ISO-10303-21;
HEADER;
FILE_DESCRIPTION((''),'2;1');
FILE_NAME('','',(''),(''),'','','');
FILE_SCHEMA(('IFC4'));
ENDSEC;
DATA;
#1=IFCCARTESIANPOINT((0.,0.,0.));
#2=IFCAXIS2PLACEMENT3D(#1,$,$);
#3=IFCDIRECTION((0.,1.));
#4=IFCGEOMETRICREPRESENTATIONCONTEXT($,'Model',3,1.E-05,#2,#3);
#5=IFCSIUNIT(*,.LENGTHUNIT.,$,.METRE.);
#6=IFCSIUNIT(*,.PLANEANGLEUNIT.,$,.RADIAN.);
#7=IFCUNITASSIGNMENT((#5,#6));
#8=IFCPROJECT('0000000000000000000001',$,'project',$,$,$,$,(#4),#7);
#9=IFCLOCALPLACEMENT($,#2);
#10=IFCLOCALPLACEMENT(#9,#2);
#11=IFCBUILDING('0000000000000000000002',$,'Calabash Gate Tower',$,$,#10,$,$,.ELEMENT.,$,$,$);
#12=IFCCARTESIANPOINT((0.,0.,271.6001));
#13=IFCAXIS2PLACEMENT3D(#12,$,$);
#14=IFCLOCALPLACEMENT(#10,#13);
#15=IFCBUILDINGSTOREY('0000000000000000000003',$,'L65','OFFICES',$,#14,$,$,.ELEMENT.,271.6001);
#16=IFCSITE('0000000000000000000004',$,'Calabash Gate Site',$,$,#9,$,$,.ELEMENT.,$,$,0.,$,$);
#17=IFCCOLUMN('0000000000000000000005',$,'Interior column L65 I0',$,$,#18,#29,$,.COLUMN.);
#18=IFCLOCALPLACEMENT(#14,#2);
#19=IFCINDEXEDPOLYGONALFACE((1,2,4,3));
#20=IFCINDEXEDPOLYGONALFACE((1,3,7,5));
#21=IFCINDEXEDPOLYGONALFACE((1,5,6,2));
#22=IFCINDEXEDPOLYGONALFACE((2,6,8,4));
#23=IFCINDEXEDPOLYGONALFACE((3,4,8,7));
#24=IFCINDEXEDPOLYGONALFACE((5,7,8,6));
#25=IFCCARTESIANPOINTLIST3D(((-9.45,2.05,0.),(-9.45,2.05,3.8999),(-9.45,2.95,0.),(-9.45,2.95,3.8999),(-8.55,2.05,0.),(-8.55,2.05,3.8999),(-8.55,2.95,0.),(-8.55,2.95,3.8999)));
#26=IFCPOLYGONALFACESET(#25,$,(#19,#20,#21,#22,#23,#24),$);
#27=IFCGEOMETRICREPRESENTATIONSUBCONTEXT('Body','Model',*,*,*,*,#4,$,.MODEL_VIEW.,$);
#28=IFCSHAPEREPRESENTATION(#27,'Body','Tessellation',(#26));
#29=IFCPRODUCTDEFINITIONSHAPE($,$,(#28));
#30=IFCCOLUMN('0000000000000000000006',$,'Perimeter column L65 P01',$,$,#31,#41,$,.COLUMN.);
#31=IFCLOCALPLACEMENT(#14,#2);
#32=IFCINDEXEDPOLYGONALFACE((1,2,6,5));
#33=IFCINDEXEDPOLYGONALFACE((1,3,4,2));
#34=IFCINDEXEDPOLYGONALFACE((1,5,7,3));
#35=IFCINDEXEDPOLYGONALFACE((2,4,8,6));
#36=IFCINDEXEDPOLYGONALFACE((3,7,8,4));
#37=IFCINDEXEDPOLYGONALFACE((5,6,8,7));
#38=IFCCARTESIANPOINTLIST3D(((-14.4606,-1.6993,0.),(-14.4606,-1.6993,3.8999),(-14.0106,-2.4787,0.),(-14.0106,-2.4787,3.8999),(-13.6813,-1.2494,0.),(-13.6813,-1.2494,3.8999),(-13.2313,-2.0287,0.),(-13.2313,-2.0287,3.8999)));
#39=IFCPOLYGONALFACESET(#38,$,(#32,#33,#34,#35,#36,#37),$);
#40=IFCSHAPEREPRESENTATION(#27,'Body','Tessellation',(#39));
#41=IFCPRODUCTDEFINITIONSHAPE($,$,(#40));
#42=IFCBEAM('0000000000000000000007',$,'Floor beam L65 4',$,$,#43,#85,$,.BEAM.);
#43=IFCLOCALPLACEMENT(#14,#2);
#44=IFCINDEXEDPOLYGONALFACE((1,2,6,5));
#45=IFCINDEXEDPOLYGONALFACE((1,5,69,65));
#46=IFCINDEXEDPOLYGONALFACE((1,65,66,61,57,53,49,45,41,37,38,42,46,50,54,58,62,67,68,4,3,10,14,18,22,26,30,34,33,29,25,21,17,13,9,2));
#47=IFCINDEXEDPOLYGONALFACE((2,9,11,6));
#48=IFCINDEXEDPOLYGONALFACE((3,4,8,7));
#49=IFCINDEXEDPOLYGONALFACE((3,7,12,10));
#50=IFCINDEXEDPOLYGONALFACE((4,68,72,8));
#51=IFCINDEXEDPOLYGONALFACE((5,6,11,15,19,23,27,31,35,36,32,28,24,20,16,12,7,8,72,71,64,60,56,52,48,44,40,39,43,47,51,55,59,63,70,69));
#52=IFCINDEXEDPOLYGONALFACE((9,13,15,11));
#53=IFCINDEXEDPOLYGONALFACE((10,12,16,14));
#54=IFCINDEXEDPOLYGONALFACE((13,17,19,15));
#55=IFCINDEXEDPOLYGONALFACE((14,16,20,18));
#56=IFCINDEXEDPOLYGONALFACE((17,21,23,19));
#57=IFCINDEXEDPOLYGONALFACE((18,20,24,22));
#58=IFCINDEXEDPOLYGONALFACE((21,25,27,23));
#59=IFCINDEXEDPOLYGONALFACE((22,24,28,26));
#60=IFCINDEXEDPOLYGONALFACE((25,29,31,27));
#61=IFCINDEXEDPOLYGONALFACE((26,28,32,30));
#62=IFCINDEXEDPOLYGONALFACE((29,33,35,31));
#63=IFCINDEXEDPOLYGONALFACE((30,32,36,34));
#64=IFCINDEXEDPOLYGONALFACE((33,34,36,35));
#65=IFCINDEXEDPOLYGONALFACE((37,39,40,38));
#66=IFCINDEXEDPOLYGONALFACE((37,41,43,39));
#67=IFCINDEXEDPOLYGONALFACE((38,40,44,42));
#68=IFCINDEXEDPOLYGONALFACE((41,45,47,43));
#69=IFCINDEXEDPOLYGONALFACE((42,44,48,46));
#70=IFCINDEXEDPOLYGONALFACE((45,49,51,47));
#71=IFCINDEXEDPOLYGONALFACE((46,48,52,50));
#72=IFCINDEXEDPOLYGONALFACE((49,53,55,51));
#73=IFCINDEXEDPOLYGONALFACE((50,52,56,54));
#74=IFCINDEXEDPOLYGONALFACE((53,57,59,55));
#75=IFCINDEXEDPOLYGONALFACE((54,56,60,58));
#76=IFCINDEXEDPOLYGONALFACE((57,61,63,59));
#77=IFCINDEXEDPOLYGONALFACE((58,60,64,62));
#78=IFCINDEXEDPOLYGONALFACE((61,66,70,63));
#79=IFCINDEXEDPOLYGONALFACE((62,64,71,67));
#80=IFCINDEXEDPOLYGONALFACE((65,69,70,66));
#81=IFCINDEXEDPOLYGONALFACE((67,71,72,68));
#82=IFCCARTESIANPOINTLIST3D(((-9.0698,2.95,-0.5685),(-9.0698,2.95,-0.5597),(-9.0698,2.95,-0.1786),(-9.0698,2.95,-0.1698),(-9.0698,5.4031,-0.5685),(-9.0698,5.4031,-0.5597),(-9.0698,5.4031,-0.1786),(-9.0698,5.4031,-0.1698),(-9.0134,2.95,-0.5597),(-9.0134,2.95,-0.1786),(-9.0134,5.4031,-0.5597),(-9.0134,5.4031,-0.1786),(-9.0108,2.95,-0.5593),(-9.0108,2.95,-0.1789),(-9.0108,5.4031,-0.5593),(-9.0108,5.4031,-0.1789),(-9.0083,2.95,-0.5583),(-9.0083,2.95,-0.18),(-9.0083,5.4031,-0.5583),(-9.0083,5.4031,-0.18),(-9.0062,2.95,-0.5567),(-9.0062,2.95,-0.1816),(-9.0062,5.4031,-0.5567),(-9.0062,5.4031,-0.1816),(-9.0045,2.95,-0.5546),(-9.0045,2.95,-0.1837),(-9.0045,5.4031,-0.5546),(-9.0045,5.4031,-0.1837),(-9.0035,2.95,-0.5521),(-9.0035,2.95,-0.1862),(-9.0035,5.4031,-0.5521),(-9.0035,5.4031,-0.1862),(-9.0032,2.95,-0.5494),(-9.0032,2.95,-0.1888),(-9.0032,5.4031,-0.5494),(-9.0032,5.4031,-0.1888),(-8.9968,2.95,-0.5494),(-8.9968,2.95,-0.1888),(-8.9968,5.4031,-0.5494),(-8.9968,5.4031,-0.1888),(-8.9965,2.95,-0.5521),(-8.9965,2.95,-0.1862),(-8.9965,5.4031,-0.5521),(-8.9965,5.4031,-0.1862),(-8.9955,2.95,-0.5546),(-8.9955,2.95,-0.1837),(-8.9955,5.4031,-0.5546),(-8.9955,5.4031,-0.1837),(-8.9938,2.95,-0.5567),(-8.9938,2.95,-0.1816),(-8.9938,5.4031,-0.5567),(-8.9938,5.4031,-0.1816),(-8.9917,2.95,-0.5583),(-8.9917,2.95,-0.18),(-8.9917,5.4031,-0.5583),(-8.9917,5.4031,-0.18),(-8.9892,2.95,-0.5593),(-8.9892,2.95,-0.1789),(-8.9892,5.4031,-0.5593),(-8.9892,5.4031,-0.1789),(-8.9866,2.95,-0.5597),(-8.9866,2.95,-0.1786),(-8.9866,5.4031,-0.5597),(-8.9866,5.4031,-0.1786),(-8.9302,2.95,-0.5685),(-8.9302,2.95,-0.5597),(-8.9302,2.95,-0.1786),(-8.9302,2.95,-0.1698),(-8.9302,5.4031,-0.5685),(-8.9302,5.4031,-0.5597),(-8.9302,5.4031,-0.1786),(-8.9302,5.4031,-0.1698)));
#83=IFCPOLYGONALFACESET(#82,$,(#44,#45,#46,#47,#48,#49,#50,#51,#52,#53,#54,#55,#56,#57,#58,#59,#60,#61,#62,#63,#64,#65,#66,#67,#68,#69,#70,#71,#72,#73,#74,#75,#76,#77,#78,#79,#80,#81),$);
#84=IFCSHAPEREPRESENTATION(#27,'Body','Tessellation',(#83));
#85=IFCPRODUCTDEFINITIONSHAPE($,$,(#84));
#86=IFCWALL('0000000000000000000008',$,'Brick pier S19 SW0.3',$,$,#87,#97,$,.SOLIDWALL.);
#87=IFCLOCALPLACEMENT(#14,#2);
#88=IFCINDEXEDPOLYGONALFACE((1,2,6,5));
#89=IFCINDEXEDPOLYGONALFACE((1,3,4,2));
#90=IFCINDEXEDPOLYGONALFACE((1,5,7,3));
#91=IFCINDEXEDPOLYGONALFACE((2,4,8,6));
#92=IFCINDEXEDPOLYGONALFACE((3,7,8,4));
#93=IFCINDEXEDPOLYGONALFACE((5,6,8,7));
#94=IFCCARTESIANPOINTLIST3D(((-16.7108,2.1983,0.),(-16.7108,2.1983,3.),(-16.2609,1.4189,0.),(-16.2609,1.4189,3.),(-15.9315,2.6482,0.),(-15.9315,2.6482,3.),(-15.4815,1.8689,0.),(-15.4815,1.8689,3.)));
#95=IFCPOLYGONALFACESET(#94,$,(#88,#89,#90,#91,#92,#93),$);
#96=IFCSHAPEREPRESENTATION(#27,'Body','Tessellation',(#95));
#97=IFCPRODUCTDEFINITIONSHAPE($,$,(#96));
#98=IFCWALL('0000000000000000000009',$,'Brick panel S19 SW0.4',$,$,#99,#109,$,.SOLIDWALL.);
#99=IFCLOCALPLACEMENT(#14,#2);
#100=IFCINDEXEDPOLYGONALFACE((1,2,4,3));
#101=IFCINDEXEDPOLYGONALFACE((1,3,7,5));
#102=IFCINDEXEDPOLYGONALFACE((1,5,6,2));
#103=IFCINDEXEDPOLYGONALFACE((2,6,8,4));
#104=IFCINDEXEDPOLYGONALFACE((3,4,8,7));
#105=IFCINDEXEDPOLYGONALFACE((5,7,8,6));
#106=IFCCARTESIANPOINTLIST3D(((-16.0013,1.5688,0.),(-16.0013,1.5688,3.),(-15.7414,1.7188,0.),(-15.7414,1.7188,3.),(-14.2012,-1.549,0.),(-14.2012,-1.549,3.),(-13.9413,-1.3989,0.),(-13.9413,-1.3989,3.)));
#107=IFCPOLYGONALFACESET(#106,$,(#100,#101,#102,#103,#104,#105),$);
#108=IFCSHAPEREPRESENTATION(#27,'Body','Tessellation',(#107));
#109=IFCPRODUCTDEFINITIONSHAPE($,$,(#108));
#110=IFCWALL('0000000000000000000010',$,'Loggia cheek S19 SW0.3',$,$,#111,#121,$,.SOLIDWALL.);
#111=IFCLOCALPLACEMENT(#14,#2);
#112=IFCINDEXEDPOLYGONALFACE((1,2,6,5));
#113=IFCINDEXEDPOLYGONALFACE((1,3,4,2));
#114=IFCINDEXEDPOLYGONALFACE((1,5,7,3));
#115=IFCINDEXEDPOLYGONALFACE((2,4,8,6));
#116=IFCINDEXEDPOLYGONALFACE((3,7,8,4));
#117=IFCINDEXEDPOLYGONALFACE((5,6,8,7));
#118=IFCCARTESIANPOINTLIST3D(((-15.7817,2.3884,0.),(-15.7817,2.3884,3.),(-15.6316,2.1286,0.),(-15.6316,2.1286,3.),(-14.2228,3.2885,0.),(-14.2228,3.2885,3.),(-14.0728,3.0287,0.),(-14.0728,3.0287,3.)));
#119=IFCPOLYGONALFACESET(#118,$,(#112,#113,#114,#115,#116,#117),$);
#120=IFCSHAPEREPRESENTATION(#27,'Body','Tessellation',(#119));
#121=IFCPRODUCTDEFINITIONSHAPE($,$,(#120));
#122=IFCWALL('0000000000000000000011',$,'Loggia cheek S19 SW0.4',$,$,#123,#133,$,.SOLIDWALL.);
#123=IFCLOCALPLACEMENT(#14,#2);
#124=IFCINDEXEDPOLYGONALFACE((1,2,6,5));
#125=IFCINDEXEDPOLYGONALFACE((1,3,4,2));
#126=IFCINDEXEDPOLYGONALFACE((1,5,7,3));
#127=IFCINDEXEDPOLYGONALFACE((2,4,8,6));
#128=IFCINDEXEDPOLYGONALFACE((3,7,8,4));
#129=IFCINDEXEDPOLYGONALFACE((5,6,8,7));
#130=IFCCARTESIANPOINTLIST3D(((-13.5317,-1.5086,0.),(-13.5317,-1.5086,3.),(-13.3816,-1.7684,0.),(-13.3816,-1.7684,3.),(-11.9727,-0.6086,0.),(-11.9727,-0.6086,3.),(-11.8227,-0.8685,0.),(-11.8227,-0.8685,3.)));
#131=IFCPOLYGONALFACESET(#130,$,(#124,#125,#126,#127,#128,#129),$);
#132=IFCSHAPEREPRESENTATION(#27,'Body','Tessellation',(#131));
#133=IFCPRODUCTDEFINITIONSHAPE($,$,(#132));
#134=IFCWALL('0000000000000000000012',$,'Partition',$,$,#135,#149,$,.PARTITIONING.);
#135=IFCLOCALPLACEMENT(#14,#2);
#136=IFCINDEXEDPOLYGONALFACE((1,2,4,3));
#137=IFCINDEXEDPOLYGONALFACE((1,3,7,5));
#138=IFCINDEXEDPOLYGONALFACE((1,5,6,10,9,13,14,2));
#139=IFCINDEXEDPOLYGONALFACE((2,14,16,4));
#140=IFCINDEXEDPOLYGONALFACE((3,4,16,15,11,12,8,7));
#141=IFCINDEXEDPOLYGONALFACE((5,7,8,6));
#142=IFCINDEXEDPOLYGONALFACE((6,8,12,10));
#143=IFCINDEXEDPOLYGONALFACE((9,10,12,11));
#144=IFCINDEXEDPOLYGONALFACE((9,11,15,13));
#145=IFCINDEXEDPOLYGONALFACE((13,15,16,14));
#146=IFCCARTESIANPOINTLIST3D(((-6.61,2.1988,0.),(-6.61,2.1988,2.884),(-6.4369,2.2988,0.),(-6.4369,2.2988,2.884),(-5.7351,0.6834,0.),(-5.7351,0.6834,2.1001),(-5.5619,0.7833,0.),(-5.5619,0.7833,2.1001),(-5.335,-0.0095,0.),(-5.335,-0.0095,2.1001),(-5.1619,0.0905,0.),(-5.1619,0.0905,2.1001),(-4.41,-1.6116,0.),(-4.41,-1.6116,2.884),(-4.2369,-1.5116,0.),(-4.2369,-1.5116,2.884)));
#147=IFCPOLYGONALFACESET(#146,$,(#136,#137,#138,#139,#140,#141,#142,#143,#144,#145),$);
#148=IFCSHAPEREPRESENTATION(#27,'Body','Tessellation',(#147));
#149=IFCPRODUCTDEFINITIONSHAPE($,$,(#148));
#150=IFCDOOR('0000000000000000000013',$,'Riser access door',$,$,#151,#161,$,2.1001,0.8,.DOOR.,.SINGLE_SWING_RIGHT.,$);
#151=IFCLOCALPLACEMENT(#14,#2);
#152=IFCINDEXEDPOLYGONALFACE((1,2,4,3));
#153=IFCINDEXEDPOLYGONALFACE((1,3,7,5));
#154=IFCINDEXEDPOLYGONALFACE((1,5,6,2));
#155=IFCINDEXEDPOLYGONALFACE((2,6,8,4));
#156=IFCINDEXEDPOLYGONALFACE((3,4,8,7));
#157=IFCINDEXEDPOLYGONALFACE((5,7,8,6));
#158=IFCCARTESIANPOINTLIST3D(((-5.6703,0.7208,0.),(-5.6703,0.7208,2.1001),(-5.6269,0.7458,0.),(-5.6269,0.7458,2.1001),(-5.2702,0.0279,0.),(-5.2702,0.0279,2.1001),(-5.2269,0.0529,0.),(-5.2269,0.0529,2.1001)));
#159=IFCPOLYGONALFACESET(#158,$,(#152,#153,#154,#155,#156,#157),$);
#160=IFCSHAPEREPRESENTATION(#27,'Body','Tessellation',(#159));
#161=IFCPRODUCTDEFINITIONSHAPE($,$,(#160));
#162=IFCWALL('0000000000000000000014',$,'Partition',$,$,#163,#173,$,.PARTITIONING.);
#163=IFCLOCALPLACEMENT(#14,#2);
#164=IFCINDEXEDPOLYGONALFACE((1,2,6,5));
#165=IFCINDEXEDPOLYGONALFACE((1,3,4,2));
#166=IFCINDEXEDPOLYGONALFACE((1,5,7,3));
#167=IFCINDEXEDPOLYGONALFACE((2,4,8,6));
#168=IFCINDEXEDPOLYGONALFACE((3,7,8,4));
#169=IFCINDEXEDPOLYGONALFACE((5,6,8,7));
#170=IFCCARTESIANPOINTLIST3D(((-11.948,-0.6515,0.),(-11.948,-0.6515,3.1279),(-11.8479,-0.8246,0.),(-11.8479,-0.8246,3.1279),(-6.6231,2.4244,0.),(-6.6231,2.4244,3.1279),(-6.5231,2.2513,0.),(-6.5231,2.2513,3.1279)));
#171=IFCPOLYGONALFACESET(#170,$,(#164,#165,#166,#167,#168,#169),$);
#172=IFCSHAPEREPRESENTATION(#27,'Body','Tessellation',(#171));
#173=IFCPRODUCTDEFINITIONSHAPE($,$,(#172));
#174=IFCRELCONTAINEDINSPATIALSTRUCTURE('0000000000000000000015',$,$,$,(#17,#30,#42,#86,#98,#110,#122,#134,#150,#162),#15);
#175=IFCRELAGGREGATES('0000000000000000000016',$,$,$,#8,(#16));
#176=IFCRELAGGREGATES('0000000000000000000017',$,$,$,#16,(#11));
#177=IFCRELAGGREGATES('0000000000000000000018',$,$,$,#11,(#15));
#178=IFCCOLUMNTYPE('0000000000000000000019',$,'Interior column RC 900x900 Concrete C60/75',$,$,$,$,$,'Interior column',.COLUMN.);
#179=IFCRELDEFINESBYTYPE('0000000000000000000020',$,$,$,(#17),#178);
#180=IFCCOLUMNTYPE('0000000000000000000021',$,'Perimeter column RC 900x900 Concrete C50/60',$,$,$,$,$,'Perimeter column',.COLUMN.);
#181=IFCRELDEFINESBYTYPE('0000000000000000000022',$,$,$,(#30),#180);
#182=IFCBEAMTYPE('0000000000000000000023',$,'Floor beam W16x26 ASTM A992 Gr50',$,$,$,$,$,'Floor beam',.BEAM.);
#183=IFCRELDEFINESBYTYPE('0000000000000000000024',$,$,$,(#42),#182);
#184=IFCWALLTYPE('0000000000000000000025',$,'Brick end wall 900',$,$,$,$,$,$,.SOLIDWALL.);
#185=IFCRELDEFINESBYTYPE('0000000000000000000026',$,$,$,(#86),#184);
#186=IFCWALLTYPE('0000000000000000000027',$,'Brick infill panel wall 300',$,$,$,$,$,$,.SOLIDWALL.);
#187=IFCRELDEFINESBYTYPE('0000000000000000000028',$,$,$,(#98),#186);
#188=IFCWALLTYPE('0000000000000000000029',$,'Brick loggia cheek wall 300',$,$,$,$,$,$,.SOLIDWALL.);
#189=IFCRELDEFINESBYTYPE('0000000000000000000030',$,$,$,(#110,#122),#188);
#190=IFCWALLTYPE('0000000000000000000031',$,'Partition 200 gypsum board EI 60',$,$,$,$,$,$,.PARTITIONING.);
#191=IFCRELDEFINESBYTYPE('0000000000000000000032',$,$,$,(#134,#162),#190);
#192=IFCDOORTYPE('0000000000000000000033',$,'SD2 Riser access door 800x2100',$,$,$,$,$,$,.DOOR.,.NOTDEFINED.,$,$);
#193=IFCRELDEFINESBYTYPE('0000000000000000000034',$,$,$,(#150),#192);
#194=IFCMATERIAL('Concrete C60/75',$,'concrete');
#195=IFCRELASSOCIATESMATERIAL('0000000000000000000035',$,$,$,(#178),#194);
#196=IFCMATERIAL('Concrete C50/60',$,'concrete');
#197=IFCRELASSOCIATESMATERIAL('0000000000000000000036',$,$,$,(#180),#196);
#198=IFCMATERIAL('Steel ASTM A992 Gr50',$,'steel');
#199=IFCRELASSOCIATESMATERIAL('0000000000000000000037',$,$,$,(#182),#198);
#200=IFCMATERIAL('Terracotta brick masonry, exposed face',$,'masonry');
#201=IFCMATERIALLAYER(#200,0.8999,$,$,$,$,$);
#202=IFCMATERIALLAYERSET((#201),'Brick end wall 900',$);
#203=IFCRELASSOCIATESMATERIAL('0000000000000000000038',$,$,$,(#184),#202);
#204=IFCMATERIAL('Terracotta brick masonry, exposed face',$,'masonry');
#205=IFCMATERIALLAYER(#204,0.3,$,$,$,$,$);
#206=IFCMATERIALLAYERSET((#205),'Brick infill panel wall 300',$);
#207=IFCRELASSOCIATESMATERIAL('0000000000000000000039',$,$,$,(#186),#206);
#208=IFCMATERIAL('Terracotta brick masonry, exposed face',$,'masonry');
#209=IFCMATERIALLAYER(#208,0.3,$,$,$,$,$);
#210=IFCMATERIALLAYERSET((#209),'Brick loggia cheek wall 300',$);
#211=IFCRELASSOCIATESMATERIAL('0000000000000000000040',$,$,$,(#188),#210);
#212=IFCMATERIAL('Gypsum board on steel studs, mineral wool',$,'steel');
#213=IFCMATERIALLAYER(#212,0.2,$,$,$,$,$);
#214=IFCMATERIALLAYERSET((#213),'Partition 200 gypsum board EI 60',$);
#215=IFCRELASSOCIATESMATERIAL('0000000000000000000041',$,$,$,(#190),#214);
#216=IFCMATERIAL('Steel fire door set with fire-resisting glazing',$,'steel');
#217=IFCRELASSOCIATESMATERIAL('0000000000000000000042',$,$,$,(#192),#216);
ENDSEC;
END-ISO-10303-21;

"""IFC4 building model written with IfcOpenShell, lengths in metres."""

from ifc_helpers import new_model, si_unit, direction, frame, frame_2d, origin, origin_2d, place, context, subcontext, project, spatial, rectangle, i_section, extrude, material, layer, layer_set, material_profile, profile_set, type_object, element, fill, save


model = new_model("IFC4")

# Units and contexts
model_context = context("Model", 3, precision=1e-05, world=origin(), true_north=direction((0.0, 1.0)))
body_context = subcontext(model_context, "Body", "Model", "MODEL_VIEW")
ifc_project = project(units=[si_unit("LENGTHUNIT", "METRE"), si_unit("PLANEANGLEUNIT", "RADIAN")], contexts=[model_context])

# Site, building, storey
site_placement = place(None, origin())
site = spatial("IfcSite", under=ifc_project, at=site_placement, Name="Calabash Gate Site", CompositionType="ELEMENT", RefElevation=0.0)
building_placement = place(site_placement, origin())
building = spatial("IfcBuilding", under=site, at=building_placement, Name="Calabash Gate Tower", CompositionType="ELEMENT")
storey_placement = place(building_placement, frame((0.0, 0.0, 271.6001)))
storey = spatial("IfcBuildingStorey", under=building, at=storey_placement, Name="L65", Description="OFFICES", CompositionType="ELEMENT", Elevation=271.6001)

# Columns
ifc_material_1 = material(Name="Concrete C60/75", Category="concrete")
ifc_material_profile_1 = material_profile(ifc_material_1, rectangle(XDim=0.8999, YDim=0.8999, at=origin_2d()))
ifc_profile_set_1 = profile_set([ifc_material_profile_1], Name="Concrete C60/75")
column_type_1 = type_object("IfcColumnType", Name="Interior column RC 900x900 Concrete C60/75", ElementType="Interior column", PredefinedType="COLUMN", material=ifc_profile_set_1)
column_1_placement = place(storey_placement, frame((-9.0, 2.5, 0.0), z_axis=(0.0, 0.0, 1.0), x_axis=(1.0, 0.0, 0.0)))
element("IfcColumn", 1, at=column_1_placement, inside=storey, type_object=column_type_1, Name="Interior column L65 I0", PredefinedType="COLUMN", context=body_context, shape_type="SweptSolid", body=[
    extrude(rectangle(XDim=0.8999, YDim=0.8999, at=origin_2d()), origin(), (0.0, 0.0, 1.0), 3.8999),
])
ifc_material_2 = material(Name="Concrete C50/60", Category="concrete")
ifc_material_profile_2 = material_profile(ifc_material_2, rectangle(XDim=0.8999, YDim=0.8999, at=origin_2d()))
ifc_profile_set_2 = profile_set([ifc_material_profile_2], Name="Concrete C50/60")
column_type_2 = type_object("IfcColumnType", Name="Perimeter column RC 900x900 Concrete C50/60", ElementType="Perimeter column", PredefinedType="COLUMN", material=ifc_profile_set_2)
column_2_placement = place(storey_placement, frame((-13.8459, -1.864, 0.0), z_axis=(0.0, 0.0, 1.0), x_axis=(0.5, -0.866025, 0.0)))
element("IfcColumn", 2, at=column_2_placement, inside=storey, type_object=column_type_2, Name="Perimeter column L65 P01", PredefinedType="COLUMN", context=body_context, shape_type="SweptSolid", body=[
    extrude(rectangle(XDim=0.8999, YDim=0.8999, at=origin_2d()), origin(), (0.0, 0.0, 1.0), 3.8999),
])

# Beam
ifc_material_3 = material(Name="Steel ASTM A992 Gr50", Category="steel")
ifc_material_profile_3 = material_profile(ifc_material_3, i_section(OverallWidth=0.1396, OverallDepth=0.3987, WebThickness=0.0063, FlangeThickness=0.0088, FilletRadius=0.0103, at=origin_2d()))
ifc_profile_set_3 = profile_set([ifc_material_profile_3], Name="Steel ASTM A992 Gr50")
beam_type = type_object("IfcBeamType", Name="Floor beam W16x26 ASTM A992 Gr50", ElementType="Floor beam", PredefinedType="BEAM", material=ifc_profile_set_3)
beam_placement = place(storey_placement, frame((-9.0, 2.95, -0.3691), z_axis=(0.0, 1.0, 0.0), x_axis=(-1.0, 0.0, 0.0)))
element("IfcBeam", 3, at=beam_placement, inside=storey, type_object=beam_type, Name="Floor beam L65 4", PredefinedType="BEAM", context=body_context, shape_type="SweptSolid", body=[
    extrude(i_section(OverallWidth=0.1396, OverallDepth=0.3987, WebThickness=0.0063, FlangeThickness=0.0088, FilletRadius=0.0103, at=origin_2d()), origin(), (0.0, 0.0, 1.0), 2.4531),
])

# Walls
ifc_material_4 = material(Name="Terracotta brick masonry, exposed face", Category="masonry")
ifc_layer_1 = layer(ifc_material_4, 0.8999)
ifc_layer_set_1 = layer_set([ifc_layer_1], Name="Brick end wall 900")
wall_type_1 = type_object("IfcWallType", Name="Brick end wall 900", PredefinedType="SOLIDWALL", material=ifc_layer_set_1)
wall_1_placement = place(storey_placement, frame((-16.4858, 1.8086, 0.0), z_axis=(0.0, 0.0, 1.0), x_axis=(0.866014, 0.50002, 0.0)))
element("IfcWall", 4, at=wall_1_placement, inside=storey, type_object=wall_type_1, Name="Brick pier S19 SW0.3", PredefinedType="SOLIDWALL", context=body_context, shape_type="SweptSolid", body=[
    extrude(rectangle(XDim=0.8999, YDim=0.8999, at=frame_2d((0.45, 0.0))), origin(), (0.0, 0.0, 1.0), 3.0),
])
ifc_material_5 = material(Name="Terracotta brick masonry, exposed face", Category="masonry")
ifc_layer_2 = layer(ifc_material_5, 0.3)
ifc_layer_set_2 = layer_set([ifc_layer_2], Name="Brick infill panel wall 300")
wall_type_2 = type_object("IfcWallType", Name="Brick infill panel wall 300", PredefinedType="SOLIDWALL", material=ifc_layer_set_2)
wall_2_placement = place(storey_placement, frame((-15.8713, 1.6438, 0.0), z_axis=(0.0, 0.0, 1.0), x_axis=(0.500012, -0.866018, 0.0)))
element("IfcWall", 5, at=wall_2_placement, inside=storey, type_object=wall_type_2, Name="Brick panel S19 SW0.4", PredefinedType="SOLIDWALL", context=body_context, shape_type="SweptSolid", body=[
    extrude(rectangle(XDim=3.6001, YDim=0.3, at=frame_2d((1.8, 0.0))), origin(), (0.0, 0.0, 1.0), 3.0),
])
ifc_material_6 = material(Name="Terracotta brick masonry, exposed face", Category="masonry")
ifc_layer_3 = layer(ifc_material_6, 0.3)
ifc_layer_set_3 = layer_set([ifc_layer_3], Name="Brick loggia cheek wall 300")
wall_type_3 = type_object("IfcWallType", Name="Brick loggia cheek wall 300", PredefinedType="SOLIDWALL", material=ifc_layer_set_3)
for number, where, z_axis, x_axis, name in (
    (6, (-15.7065, 2.2585, 0.0), (0.0, 0.0, 1.0), (0.865989, 0.500063, 0.0), "Loggia cheek S19 SW0.3"),
    (7, (-13.4565, -1.6384, 0.0), (0.0, 0.0, 1.0), (0.866048, 0.499961, 0.0), "Loggia cheek S19 SW0.4"),
):
    element("IfcWall", number, at=place(storey_placement, frame(where, z_axis=z_axis, x_axis=x_axis)), inside=storey, type_object=wall_type_3, Name=name, PredefinedType="SOLIDWALL", context=body_context, shape_type="SweptSolid", body=[
        extrude(rectangle(XDim=1.8, YDim=0.3, at=frame_2d((0.8999, 0.0))), origin(), (0.0, 0.0, 1.0), 3.0),
    ])

# Wall, opening, door
ifc_material_7 = material(Name="Gypsum board on steel studs, mineral wool", Category="steel")
ifc_layer_4 = layer(ifc_material_7, 0.2)
ifc_layer_set_4 = layer_set([ifc_layer_4], Name="Partition 200 gypsum board EI 60")
wall_type_4 = type_object("IfcWallType", Name="Partition 200 gypsum board EI 60", PredefinedType="PARTITIONING", material=ifc_layer_set_4)
wall_3_placement = place(storey_placement, frame((-6.5234, 2.2488, 0.0), z_axis=(0.0, 0.0, 1.0), x_axis=(0.500012, -0.866018, 0.0)))
wall_3 = element("IfcWall", 8, at=wall_3_placement, inside=storey, type_object=wall_type_4, Name="Partition", PredefinedType="PARTITIONING", context=body_context, shape_type="SweptSolid", body=[
    extrude(rectangle(XDim=4.3999, YDim=0.2, at=frame_2d((2.2, 0.0))), origin(), (0.0, 0.0, 1.0), 2.884),
])
opening_1_placement = place(wall_3_placement, frame((1.75, 0.0, 0.0)))
opening_1 = element("IfcOpeningElement", 9, at=opening_1_placement, cuts=wall_3, PredefinedType="OPENING", context=body_context, shape_type="SweptSolid", body=[
    extrude(rectangle(XDim=0.8, YDim=2.1001, at=frame_2d((0.3999, 1.05))), frame((0.0, 0.1099, 0.0), z_axis=(0.0, -1.0, 0.0), x_axis=(1.0, 0.0, 0.0)), (0.0, 0.0, 1.0), 0.22),
])
ifc_material_8 = material(Name="Steel fire door set with fire-resisting glazing", Category="steel")
door_type_1 = type_object("IfcDoorType", Name="SD2 Riser access door 800x2100", OperationType="NOTDEFINED", PredefinedType="DOOR", material=ifc_material_8)
door_1_placement = place(opening_1_placement, origin())
door_1 = element("IfcDoor", 10, at=door_1_placement, inside=storey, type_object=door_type_1, Name="Riser access door", OperationType="SINGLE_SWING_RIGHT", OverallHeight=2.1001, OverallWidth=0.8, PredefinedType="DOOR", context=body_context, shape_type="SweptSolid", body=[
    extrude(rectangle(XDim=0.8, YDim=2.1001, at=frame_2d((0.3999, 1.05))), frame((0.0, 0.0249, 0.0), z_axis=(0.0, -1.0, 0.0), x_axis=(1.0, 0.0, 0.0)), (0.0, 0.0, 1.0), 0.05),
])
fill(opening_1, door_1)

# Wall
wall_4_placement = place(storey_placement, frame((-11.8979, -0.738, 0.0), z_axis=(0.0, 0.0, 1.0), x_axis=(0.865915, 0.500191, 0.0)))
element("IfcWall", 11, at=wall_4_placement, inside=storey, type_object=wall_type_4, Name="Partition", PredefinedType="PARTITIONING", context=body_context, shape_type="SweptSolid", body=[
    extrude(rectangle(XDim=6.1494, YDim=0.2, at=frame_2d((3.0747, 0.0))), origin(), (0.0, 0.0, 1.0), 3.1279),
])

save(model, "model.ifc")
